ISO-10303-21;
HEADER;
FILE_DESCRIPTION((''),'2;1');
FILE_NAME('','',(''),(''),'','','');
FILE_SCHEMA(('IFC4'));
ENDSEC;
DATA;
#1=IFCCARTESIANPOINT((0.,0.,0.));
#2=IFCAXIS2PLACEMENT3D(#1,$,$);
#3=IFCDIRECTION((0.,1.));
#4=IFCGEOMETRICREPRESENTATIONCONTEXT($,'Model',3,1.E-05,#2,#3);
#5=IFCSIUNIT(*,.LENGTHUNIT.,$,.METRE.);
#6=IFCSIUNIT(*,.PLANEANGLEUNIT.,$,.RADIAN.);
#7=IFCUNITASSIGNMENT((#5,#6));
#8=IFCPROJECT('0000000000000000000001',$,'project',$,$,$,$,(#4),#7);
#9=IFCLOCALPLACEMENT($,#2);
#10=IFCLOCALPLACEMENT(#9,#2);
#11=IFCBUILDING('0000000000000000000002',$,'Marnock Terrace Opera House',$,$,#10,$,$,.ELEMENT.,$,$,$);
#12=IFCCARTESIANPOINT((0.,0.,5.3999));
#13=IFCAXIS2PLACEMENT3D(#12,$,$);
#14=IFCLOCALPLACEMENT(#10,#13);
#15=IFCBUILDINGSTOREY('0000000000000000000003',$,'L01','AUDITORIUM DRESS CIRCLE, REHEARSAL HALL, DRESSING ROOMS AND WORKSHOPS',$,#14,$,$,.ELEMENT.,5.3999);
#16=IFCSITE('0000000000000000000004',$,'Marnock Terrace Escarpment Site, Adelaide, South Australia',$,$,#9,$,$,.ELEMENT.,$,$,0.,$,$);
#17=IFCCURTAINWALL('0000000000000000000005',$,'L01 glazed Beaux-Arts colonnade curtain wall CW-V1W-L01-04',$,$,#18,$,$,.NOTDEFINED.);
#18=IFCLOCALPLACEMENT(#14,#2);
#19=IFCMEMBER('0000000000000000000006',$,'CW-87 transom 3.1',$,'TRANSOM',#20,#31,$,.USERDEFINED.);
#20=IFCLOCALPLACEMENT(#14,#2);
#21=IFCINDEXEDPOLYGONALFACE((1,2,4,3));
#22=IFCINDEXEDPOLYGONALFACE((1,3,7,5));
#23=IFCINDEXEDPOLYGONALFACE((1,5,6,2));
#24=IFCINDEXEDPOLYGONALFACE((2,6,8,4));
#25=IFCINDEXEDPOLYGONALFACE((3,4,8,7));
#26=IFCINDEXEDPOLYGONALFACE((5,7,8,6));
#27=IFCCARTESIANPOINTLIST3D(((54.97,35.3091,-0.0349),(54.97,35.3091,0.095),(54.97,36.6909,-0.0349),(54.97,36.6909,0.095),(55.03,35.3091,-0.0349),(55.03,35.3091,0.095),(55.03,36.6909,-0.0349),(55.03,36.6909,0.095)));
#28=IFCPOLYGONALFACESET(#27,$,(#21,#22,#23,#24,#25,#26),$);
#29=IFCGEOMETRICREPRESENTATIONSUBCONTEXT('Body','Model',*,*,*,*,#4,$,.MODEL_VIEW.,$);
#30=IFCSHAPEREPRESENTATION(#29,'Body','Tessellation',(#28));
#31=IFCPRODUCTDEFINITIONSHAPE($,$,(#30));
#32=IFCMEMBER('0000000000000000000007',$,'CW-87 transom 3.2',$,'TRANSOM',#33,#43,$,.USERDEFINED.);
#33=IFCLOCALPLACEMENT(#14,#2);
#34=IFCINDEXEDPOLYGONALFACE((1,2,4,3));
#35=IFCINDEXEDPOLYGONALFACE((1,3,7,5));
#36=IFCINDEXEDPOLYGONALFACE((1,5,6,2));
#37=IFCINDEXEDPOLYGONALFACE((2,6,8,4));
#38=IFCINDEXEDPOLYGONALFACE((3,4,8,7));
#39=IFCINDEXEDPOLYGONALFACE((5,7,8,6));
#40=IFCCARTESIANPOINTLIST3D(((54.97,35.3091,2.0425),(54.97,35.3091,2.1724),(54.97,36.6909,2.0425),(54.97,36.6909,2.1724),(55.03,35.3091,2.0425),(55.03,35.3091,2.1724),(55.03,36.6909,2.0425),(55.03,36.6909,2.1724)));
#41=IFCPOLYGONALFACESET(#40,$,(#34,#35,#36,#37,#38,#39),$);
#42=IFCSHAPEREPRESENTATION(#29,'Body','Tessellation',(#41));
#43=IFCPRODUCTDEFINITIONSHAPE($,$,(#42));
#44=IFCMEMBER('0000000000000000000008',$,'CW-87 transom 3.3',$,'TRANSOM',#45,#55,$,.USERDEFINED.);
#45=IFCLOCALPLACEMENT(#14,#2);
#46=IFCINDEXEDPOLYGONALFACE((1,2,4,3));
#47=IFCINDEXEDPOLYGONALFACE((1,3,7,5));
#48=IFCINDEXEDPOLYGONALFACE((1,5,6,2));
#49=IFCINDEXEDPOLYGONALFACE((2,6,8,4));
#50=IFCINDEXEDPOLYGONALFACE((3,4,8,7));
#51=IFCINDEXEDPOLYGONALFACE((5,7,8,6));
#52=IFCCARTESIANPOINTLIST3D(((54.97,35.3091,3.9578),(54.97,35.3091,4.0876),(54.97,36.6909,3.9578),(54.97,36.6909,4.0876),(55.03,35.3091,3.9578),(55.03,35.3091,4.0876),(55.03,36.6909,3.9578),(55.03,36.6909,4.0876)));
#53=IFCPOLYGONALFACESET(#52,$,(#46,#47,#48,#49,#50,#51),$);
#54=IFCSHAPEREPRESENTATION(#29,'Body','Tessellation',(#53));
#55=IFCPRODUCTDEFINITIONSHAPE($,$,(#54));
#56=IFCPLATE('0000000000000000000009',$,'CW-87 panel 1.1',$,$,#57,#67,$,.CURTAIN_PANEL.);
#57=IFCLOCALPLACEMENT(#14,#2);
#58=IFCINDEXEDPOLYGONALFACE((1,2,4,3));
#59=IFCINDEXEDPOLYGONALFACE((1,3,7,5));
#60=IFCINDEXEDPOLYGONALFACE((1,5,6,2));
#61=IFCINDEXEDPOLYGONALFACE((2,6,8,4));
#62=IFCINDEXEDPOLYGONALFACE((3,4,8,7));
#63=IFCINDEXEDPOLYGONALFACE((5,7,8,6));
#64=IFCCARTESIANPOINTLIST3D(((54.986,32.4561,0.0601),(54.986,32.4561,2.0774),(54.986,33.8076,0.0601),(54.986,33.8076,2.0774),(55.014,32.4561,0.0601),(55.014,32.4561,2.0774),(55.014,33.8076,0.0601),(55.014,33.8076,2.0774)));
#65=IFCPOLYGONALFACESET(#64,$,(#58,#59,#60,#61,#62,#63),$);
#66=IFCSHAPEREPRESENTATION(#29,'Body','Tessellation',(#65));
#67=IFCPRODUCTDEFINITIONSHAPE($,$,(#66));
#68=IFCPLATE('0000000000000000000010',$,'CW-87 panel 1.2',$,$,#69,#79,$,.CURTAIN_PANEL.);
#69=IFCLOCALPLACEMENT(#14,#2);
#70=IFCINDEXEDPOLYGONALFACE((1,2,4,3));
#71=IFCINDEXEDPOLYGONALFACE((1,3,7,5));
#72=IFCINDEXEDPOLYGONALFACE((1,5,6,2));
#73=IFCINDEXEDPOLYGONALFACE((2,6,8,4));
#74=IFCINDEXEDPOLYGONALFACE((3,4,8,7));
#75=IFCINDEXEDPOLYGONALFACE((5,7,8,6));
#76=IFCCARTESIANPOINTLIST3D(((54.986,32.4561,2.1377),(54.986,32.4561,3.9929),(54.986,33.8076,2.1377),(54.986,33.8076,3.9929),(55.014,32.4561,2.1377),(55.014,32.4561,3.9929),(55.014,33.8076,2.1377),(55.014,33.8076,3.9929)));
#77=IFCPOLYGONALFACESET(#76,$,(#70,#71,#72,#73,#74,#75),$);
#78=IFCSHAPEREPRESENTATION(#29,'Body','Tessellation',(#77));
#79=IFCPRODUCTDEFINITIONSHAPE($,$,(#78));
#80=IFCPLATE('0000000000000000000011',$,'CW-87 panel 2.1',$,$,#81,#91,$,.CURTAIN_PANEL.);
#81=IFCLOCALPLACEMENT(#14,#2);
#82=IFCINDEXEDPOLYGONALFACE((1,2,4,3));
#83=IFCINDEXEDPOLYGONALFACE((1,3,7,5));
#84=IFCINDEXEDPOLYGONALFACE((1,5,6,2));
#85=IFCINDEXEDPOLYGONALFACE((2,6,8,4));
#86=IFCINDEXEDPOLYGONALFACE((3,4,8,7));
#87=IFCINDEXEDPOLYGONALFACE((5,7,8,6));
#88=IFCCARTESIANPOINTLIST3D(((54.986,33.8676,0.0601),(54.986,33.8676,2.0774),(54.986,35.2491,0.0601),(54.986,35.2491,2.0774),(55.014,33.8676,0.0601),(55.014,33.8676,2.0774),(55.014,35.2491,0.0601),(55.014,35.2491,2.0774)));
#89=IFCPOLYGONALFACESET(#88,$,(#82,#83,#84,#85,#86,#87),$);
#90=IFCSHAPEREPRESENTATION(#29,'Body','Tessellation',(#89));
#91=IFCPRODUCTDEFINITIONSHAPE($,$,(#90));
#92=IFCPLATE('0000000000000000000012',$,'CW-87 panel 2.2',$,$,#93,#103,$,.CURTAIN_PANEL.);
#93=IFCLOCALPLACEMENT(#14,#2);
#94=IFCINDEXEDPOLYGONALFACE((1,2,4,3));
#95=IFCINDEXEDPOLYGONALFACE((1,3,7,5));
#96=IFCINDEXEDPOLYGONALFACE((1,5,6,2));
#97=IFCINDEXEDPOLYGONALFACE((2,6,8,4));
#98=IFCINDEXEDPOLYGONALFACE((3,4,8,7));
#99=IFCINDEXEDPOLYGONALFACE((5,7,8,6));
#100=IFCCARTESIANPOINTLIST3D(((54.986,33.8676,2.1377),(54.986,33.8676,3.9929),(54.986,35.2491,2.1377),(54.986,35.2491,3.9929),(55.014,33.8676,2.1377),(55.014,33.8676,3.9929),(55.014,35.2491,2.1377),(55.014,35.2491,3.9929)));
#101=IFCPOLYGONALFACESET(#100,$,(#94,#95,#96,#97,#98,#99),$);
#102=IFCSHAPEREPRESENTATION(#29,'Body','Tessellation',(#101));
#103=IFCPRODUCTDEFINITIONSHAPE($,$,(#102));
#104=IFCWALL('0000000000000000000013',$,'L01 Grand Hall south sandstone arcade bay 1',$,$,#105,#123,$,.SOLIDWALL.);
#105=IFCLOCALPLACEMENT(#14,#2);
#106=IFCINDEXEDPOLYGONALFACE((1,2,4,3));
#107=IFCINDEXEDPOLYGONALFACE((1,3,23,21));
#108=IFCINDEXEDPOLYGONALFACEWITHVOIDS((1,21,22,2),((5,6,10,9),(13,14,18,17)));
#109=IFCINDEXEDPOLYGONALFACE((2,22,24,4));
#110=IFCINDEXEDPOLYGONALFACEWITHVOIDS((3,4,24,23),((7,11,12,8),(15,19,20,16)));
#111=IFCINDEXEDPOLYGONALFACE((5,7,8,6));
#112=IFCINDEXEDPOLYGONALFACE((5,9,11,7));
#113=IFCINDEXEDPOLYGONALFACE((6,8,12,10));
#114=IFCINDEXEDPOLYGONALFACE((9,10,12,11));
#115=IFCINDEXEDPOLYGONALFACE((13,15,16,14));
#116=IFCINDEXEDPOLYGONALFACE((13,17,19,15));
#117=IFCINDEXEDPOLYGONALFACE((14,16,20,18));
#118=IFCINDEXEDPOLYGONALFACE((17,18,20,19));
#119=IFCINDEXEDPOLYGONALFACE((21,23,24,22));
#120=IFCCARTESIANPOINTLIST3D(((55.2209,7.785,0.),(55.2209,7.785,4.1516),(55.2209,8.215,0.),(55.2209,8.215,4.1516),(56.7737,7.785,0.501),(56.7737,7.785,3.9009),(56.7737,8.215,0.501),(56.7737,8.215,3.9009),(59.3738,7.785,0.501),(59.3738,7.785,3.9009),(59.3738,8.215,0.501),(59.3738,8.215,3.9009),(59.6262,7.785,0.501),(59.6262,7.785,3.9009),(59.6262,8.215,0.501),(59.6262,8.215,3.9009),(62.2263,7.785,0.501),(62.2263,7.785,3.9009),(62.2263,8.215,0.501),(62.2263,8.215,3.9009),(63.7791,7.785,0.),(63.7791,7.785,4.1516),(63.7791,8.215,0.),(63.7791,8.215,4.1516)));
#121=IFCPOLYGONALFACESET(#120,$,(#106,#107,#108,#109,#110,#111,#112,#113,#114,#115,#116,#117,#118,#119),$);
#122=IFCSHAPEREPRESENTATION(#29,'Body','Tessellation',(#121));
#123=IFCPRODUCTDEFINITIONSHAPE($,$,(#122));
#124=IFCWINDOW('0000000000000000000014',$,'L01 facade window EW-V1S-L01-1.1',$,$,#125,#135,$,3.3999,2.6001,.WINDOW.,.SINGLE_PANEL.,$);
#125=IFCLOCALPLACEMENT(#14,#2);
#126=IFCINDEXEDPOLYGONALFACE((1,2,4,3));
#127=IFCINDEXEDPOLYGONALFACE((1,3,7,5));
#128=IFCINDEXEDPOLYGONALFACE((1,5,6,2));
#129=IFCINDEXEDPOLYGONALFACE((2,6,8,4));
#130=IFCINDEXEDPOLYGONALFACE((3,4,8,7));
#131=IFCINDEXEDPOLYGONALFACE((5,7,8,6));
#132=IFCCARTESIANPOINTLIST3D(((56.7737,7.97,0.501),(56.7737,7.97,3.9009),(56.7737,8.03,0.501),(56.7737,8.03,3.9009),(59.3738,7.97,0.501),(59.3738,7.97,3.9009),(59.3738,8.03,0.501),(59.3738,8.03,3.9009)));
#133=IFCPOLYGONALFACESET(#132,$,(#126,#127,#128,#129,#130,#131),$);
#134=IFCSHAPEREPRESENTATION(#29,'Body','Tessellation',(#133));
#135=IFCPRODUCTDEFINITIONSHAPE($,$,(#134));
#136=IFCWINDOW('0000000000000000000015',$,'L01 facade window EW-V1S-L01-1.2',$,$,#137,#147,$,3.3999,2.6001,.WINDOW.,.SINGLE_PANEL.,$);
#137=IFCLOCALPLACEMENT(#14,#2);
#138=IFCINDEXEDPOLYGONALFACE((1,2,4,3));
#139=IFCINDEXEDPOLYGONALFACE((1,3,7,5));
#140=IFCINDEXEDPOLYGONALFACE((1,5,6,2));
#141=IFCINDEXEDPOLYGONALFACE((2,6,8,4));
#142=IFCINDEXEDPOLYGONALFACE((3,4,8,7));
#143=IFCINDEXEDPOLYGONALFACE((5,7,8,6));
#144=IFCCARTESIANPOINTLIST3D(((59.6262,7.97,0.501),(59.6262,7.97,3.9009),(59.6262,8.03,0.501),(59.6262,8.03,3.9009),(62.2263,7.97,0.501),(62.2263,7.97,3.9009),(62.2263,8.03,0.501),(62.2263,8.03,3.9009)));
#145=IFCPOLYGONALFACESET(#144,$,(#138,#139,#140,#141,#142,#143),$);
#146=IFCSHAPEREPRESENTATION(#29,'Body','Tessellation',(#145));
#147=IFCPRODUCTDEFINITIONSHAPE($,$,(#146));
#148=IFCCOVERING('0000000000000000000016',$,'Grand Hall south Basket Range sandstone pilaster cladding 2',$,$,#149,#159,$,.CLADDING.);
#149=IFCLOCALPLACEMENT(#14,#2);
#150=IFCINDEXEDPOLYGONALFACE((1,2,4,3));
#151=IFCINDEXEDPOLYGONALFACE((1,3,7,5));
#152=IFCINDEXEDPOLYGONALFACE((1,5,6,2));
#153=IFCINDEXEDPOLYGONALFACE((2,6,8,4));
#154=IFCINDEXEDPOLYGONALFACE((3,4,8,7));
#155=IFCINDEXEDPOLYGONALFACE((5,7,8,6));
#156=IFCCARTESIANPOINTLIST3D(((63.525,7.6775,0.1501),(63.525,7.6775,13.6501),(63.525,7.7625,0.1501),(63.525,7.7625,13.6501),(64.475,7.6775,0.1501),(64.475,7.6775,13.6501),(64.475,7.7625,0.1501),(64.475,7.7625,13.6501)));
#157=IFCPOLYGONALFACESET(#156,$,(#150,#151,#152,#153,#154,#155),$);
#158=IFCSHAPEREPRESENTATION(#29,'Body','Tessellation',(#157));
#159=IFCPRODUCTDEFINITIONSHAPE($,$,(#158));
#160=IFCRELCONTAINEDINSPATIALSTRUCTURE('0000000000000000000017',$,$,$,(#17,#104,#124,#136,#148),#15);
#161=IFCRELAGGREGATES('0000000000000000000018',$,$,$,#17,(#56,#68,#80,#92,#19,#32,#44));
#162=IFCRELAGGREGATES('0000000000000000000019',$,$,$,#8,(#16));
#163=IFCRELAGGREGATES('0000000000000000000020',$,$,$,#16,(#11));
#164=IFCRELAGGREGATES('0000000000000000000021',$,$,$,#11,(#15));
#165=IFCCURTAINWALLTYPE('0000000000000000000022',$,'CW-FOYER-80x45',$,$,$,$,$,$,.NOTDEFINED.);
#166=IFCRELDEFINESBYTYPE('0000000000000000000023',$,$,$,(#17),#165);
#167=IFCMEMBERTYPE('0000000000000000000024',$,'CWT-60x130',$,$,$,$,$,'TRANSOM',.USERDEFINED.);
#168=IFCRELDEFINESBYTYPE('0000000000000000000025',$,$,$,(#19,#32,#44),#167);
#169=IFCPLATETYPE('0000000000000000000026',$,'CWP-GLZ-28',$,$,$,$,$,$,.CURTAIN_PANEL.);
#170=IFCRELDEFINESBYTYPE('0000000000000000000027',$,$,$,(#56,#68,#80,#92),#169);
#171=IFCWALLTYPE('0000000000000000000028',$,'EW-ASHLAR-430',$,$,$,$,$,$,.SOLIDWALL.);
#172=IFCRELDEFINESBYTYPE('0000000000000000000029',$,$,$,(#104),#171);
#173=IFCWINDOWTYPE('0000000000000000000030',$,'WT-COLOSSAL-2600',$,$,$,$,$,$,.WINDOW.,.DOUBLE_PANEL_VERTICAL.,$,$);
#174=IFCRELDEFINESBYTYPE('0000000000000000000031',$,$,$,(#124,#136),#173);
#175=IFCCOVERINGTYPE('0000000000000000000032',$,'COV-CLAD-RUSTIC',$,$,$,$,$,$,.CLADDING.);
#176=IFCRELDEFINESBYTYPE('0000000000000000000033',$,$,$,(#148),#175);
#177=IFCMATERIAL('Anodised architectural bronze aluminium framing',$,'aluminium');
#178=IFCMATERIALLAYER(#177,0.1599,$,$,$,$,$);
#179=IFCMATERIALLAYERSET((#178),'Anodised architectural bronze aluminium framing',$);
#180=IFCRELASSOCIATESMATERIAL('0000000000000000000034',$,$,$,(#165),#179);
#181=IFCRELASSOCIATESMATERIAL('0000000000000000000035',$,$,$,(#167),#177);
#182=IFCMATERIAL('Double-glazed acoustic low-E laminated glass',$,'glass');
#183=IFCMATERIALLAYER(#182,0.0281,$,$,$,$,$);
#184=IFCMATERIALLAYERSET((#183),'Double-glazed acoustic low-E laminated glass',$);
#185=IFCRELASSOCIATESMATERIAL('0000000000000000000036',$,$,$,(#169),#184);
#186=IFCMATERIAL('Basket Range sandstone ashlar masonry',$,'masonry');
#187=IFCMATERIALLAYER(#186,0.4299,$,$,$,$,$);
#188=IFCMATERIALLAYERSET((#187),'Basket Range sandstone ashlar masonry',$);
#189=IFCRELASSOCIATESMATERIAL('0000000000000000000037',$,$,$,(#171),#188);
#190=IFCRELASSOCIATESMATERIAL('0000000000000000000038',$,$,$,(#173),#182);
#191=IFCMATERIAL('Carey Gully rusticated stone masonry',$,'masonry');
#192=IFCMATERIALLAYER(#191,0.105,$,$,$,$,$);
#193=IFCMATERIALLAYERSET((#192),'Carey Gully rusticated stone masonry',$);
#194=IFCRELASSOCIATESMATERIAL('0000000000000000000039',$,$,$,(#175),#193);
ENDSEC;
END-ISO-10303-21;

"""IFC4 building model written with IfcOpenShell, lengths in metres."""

from ifc_helpers import new_model, si_unit, direction, frame, frame_2d, origin, origin_2d, place, context, subcontext, project, spatial, rectangle, extrude, material, layer, layer_set, material_profile, profile_set, type_object, element, fill, aggregate, save


model = new_model("IFC4")

# Units and contexts
model_context = context("Model", 3, precision=1e-05, world=origin(), true_north=direction((0.0, 1.0)))
body_context = subcontext(model_context, "Body", "Model", "MODEL_VIEW")
ifc_project = project(units=[si_unit("LENGTHUNIT", "METRE"), si_unit("PLANEANGLEUNIT", "RADIAN")], contexts=[model_context])

# Site, building, storey
site_placement = place(None, origin())
site = spatial("IfcSite", under=ifc_project, at=site_placement, Name="Marnock Terrace Escarpment Site, Adelaide, South Australia", CompositionType="ELEMENT", RefElevation=0.0)
building_placement = place(site_placement, origin())
building = spatial("IfcBuilding", under=site, at=building_placement, Name="Marnock Terrace Opera House", CompositionType="ELEMENT")
storey_placement = place(building_placement, frame((0.0, 0.0, 5.3999)))
storey = spatial("IfcBuildingStorey", under=building, at=storey_placement, Name="L01", Description="AUDITORIUM DRESS CIRCLE, REHEARSAL HALL, DRESSING ROOMS AND WORKSHOPS", CompositionType="ELEMENT", Elevation=5.3999)

# Curtain wall, members, plates
ifc_material_1 = material(Name="Anodised architectural bronze aluminium framing", Category="aluminium")
ifc_layer_1 = layer(ifc_material_1, 0.1599)
ifc_layer_set_1 = layer_set([ifc_layer_1], Name="Anodised architectural bronze aluminium framing")
curtain_wall_type = type_object("IfcCurtainWallType", Name="CW-FOYER-80x45", PredefinedType="NOTDEFINED", material=ifc_layer_set_1)
curtain_wall_placement = place(storey_placement, origin())
curtain_wall = element("IfcCurtainWall", 1, at=curtain_wall_placement, inside=storey, type_object=curtain_wall_type, Name="L01 glazed Beaux-Arts colonnade curtain wall CW-V1W-L01-04", PredefinedType="NOTDEFINED")
ifc_material_profile_1 = material_profile(ifc_material_1, rectangle(XDim=0.0601, YDim=0.1299, at=origin_2d()))
ifc_profile_set_1 = profile_set([ifc_material_profile_1], Name="Anodised architectural bronze aluminium framing")
member_type_1 = type_object("IfcMemberType", Name="CWT-60x130", ElementType="TRANSOM", PredefinedType="USERDEFINED", material=ifc_profile_set_1)
member_1_placement = place(storey_placement, frame((55.0, 35.3091, 0.03), z_axis=(0.0, 1.0, 0.0), x_axis=(-1.0, 0.0, 0.0)))
member_1 = element("IfcMember", 2, at=member_1_placement, type_object=member_type_1, Name="CW-87 transom 3.1", ObjectType="TRANSOM", PredefinedType="USERDEFINED", context=body_context, shape_type="SweptSolid", body=[
    extrude(rectangle(XDim=0.0601, YDim=0.1299, at=origin_2d()), origin(), (0.0, 0.0, 1.0), 1.3818),
])
member_2_placement = place(storey_placement, frame((55.0, 35.3091, 2.1074), z_axis=(0.0, 1.0, 0.0), x_axis=(-1.0, 0.0, 0.0)))
member_2 = element("IfcMember", 3, at=member_2_placement, type_object=member_type_1, Name="CW-87 transom 3.2", ObjectType="TRANSOM", PredefinedType="USERDEFINED", context=body_context, shape_type="SweptSolid", body=[
    extrude(rectangle(XDim=0.0601, YDim=0.1299, at=origin_2d()), origin(), (0.0, 0.0, 1.0), 1.3818),
])
member_3_placement = place(storey_placement, frame((55.0, 35.3091, 4.0227), z_axis=(0.0, 1.0, 0.0), x_axis=(-1.0, 0.0, 0.0)))
member_3 = element("IfcMember", 4, at=member_3_placement, type_object=member_type_1, Name="CW-87 transom 3.3", ObjectType="TRANSOM", PredefinedType="USERDEFINED", context=body_context, shape_type="SweptSolid", body=[
    extrude(rectangle(XDim=0.0601, YDim=0.1299, at=origin_2d()), origin(), (0.0, 0.0, 1.0), 1.3818),
])
ifc_material_2 = material(Name="Double-glazed acoustic low-E laminated glass", Category="glass")
ifc_layer_2 = layer(ifc_material_2, 0.0281)
ifc_layer_set_2 = layer_set([ifc_layer_2], Name="Double-glazed acoustic low-E laminated glass")
plate_type = type_object("IfcPlateType", Name="CWP-GLZ-28", PredefinedType="CURTAIN_PANEL", material=ifc_layer_set_2)
plate_1_placement = place(storey_placement, frame((55.0, 33.1318, 0.0601), z_axis=(0.0, 0.0, 1.0), x_axis=(0.0, 1.0, 0.0)))
plate_1 = element("IfcPlate", 5, at=plate_1_placement, type_object=plate_type, Name="CW-87 panel 1.1", PredefinedType="CURTAIN_PANEL", context=body_context, shape_type="SweptSolid", body=[
    extrude(rectangle(XDim=1.3516, YDim=0.0281, at=origin_2d()), origin(), (0.0, 0.0, 1.0), 2.0173),
])
plate_2_placement = place(storey_placement, frame((55.0, 33.1318, 2.1377), z_axis=(0.0, 0.0, 1.0), x_axis=(0.0, 1.0, 0.0)))
plate_2 = element("IfcPlate", 6, at=plate_2_placement, type_object=plate_type, Name="CW-87 panel 1.2", PredefinedType="CURTAIN_PANEL", context=body_context, shape_type="SweptSolid", body=[
    extrude(rectangle(XDim=1.3516, YDim=0.0281, at=origin_2d()), origin(), (0.0, 0.0, 1.0), 1.8552),
])
plate_3_placement = place(storey_placement, frame((55.0, 34.5583, 0.0601), z_axis=(0.0, 0.0, 1.0), x_axis=(0.0, 1.0, 0.0)))
plate_3 = element("IfcPlate", 7, at=plate_3_placement, type_object=plate_type, Name="CW-87 panel 2.1", PredefinedType="CURTAIN_PANEL", context=body_context, shape_type="SweptSolid", body=[
    extrude(rectangle(XDim=1.3816, YDim=0.0281, at=origin_2d()), origin(), (0.0, 0.0, 1.0), 2.0173),
])
plate_4_placement = place(storey_placement, frame((55.0, 34.5583, 2.1377), z_axis=(0.0, 0.0, 1.0), x_axis=(0.0, 1.0, 0.0)))
plate_4 = element("IfcPlate", 8, at=plate_4_placement, type_object=plate_type, Name="CW-87 panel 2.2", PredefinedType="CURTAIN_PANEL", context=body_context, shape_type="SweptSolid", body=[
    extrude(rectangle(XDim=1.3816, YDim=0.0281, at=origin_2d()), origin(), (0.0, 0.0, 1.0), 1.8552),
])
aggregate(curtain_wall, [plate_1, plate_2, plate_3, plate_4, member_1, member_2, member_3])

# Wall, openings, windows
ifc_material_3 = material(Name="Basket Range sandstone ashlar masonry", Category="masonry")
ifc_layer_3 = layer(ifc_material_3, 0.4299)
ifc_layer_set_3 = layer_set([ifc_layer_3], Name="Basket Range sandstone ashlar masonry")
wall_type = type_object("IfcWallType", Name="EW-ASHLAR-430", PredefinedType="SOLIDWALL", material=ifc_layer_set_3)
wall_placement = place(storey_placement, frame((55.2209, 8.0, 0.0), z_axis=(0.0, 0.0, 1.0), x_axis=(1.0, 0.0, 0.0)))
wall = element("IfcWall", 9, at=wall_placement, inside=storey, type_object=wall_type, Name="L01 Grand Hall south sandstone arcade bay 1", PredefinedType="SOLIDWALL", context=body_context, shape_type="SweptSolid", body=[
    extrude(rectangle(XDim=8.5581, YDim=0.4299, at=frame_2d((4.2791, 0.0))), origin(), (0.0, 0.0, 1.0), 4.1516),
])
opening_1_placement = place(wall_placement, frame((1.5527, 0.0, 0.501)))
opening_1 = element("IfcOpeningElement", 10, at=opening_1_placement, cuts=wall, PredefinedType="OPENING", context=body_context, shape_type="SweptSolid", body=[
    extrude(rectangle(XDim=2.6001, YDim=3.3999, at=frame_2d((1.3, 1.7))), frame((0.0, 0.2249, 0.0), z_axis=(0.0, -1.0, 0.0), x_axis=(1.0, 0.0, 0.0)), (0.0, 0.0, 1.0), 0.45),
])
opening_2_placement = place(wall_placement, frame((4.4053, 0.0, 0.501)))
opening_2 = element("IfcOpeningElement", 11, at=opening_2_placement, cuts=wall, PredefinedType="OPENING", context=body_context, shape_type="SweptSolid", body=[
    extrude(rectangle(XDim=2.6001, YDim=3.3999, at=frame_2d((1.3, 1.7))), frame((0.0, 0.2249, 0.0), z_axis=(0.0, -1.0, 0.0), x_axis=(1.0, 0.0, 0.0)), (0.0, 0.0, 1.0), 0.45),
])
window_type = type_object("IfcWindowType", Name="WT-COLOSSAL-2600", PartitioningType="DOUBLE_PANEL_VERTICAL", PredefinedType="WINDOW", material=ifc_material_2)
window_1_placement = place(opening_1_placement, origin())
window_1 = element("IfcWindow", 12, at=window_1_placement, inside=storey, type_object=window_type, Name="L01 facade window EW-V1S-L01-1.1", OverallHeight=3.3999, OverallWidth=2.6001, PartitioningType="SINGLE_PANEL", PredefinedType="WINDOW", context=body_context, shape_type="SweptSolid", body=[
    extrude(rectangle(XDim=2.6001, YDim=3.3999, at=frame_2d((1.3, 1.7))), frame((0.0, 0.03, 0.0), z_axis=(0.0, -1.0, 0.0), x_axis=(1.0, 0.0, 0.0)), (0.0, 0.0, 1.0), 0.0601),
])
fill(opening_1, window_1)
window_2_placement = place(opening_2_placement, origin())
window_2 = element("IfcWindow", 13, at=window_2_placement, inside=storey, type_object=window_type, Name="L01 facade window EW-V1S-L01-1.2", OverallHeight=3.3999, OverallWidth=2.6001, PartitioningType="SINGLE_PANEL", PredefinedType="WINDOW", context=body_context, shape_type="SweptSolid", body=[
    extrude(rectangle(XDim=2.6001, YDim=3.3999, at=frame_2d((1.3, 1.7))), frame((0.0, 0.03, 0.0), z_axis=(0.0, -1.0, 0.0), x_axis=(1.0, 0.0, 0.0)), (0.0, 0.0, 1.0), 0.0601),
])
fill(opening_2, window_2)

# Covering
ifc_material_4 = material(Name="Carey Gully rusticated stone masonry", Category="masonry")
ifc_layer_4 = layer(ifc_material_4, 0.105)
ifc_layer_set_4 = layer_set([ifc_layer_4], Name="Carey Gully rusticated stone masonry")
covering_type = type_object("IfcCoveringType", Name="COV-CLAD-RUSTIC", PredefinedType="CLADDING", material=ifc_layer_set_4)
covering_placement = place(storey_placement, frame((64.0, 7.72, 0.1501), z_axis=(0.0, 0.0, 1.0), x_axis=(1.0, 0.0, 0.0)))
element("IfcCovering", 14, at=covering_placement, inside=storey, type_object=covering_type, Name="Grand Hall south Basket Range sandstone pilaster cladding 2", PredefinedType="CLADDING", context=body_context, shape_type="SweptSolid", body=[
    extrude(rectangle(XDim=0.95, YDim=0.085, at=origin_2d()), origin(), (0.0, 0.0, 1.0), 13.5),
])

save(model, "model.ifc")
